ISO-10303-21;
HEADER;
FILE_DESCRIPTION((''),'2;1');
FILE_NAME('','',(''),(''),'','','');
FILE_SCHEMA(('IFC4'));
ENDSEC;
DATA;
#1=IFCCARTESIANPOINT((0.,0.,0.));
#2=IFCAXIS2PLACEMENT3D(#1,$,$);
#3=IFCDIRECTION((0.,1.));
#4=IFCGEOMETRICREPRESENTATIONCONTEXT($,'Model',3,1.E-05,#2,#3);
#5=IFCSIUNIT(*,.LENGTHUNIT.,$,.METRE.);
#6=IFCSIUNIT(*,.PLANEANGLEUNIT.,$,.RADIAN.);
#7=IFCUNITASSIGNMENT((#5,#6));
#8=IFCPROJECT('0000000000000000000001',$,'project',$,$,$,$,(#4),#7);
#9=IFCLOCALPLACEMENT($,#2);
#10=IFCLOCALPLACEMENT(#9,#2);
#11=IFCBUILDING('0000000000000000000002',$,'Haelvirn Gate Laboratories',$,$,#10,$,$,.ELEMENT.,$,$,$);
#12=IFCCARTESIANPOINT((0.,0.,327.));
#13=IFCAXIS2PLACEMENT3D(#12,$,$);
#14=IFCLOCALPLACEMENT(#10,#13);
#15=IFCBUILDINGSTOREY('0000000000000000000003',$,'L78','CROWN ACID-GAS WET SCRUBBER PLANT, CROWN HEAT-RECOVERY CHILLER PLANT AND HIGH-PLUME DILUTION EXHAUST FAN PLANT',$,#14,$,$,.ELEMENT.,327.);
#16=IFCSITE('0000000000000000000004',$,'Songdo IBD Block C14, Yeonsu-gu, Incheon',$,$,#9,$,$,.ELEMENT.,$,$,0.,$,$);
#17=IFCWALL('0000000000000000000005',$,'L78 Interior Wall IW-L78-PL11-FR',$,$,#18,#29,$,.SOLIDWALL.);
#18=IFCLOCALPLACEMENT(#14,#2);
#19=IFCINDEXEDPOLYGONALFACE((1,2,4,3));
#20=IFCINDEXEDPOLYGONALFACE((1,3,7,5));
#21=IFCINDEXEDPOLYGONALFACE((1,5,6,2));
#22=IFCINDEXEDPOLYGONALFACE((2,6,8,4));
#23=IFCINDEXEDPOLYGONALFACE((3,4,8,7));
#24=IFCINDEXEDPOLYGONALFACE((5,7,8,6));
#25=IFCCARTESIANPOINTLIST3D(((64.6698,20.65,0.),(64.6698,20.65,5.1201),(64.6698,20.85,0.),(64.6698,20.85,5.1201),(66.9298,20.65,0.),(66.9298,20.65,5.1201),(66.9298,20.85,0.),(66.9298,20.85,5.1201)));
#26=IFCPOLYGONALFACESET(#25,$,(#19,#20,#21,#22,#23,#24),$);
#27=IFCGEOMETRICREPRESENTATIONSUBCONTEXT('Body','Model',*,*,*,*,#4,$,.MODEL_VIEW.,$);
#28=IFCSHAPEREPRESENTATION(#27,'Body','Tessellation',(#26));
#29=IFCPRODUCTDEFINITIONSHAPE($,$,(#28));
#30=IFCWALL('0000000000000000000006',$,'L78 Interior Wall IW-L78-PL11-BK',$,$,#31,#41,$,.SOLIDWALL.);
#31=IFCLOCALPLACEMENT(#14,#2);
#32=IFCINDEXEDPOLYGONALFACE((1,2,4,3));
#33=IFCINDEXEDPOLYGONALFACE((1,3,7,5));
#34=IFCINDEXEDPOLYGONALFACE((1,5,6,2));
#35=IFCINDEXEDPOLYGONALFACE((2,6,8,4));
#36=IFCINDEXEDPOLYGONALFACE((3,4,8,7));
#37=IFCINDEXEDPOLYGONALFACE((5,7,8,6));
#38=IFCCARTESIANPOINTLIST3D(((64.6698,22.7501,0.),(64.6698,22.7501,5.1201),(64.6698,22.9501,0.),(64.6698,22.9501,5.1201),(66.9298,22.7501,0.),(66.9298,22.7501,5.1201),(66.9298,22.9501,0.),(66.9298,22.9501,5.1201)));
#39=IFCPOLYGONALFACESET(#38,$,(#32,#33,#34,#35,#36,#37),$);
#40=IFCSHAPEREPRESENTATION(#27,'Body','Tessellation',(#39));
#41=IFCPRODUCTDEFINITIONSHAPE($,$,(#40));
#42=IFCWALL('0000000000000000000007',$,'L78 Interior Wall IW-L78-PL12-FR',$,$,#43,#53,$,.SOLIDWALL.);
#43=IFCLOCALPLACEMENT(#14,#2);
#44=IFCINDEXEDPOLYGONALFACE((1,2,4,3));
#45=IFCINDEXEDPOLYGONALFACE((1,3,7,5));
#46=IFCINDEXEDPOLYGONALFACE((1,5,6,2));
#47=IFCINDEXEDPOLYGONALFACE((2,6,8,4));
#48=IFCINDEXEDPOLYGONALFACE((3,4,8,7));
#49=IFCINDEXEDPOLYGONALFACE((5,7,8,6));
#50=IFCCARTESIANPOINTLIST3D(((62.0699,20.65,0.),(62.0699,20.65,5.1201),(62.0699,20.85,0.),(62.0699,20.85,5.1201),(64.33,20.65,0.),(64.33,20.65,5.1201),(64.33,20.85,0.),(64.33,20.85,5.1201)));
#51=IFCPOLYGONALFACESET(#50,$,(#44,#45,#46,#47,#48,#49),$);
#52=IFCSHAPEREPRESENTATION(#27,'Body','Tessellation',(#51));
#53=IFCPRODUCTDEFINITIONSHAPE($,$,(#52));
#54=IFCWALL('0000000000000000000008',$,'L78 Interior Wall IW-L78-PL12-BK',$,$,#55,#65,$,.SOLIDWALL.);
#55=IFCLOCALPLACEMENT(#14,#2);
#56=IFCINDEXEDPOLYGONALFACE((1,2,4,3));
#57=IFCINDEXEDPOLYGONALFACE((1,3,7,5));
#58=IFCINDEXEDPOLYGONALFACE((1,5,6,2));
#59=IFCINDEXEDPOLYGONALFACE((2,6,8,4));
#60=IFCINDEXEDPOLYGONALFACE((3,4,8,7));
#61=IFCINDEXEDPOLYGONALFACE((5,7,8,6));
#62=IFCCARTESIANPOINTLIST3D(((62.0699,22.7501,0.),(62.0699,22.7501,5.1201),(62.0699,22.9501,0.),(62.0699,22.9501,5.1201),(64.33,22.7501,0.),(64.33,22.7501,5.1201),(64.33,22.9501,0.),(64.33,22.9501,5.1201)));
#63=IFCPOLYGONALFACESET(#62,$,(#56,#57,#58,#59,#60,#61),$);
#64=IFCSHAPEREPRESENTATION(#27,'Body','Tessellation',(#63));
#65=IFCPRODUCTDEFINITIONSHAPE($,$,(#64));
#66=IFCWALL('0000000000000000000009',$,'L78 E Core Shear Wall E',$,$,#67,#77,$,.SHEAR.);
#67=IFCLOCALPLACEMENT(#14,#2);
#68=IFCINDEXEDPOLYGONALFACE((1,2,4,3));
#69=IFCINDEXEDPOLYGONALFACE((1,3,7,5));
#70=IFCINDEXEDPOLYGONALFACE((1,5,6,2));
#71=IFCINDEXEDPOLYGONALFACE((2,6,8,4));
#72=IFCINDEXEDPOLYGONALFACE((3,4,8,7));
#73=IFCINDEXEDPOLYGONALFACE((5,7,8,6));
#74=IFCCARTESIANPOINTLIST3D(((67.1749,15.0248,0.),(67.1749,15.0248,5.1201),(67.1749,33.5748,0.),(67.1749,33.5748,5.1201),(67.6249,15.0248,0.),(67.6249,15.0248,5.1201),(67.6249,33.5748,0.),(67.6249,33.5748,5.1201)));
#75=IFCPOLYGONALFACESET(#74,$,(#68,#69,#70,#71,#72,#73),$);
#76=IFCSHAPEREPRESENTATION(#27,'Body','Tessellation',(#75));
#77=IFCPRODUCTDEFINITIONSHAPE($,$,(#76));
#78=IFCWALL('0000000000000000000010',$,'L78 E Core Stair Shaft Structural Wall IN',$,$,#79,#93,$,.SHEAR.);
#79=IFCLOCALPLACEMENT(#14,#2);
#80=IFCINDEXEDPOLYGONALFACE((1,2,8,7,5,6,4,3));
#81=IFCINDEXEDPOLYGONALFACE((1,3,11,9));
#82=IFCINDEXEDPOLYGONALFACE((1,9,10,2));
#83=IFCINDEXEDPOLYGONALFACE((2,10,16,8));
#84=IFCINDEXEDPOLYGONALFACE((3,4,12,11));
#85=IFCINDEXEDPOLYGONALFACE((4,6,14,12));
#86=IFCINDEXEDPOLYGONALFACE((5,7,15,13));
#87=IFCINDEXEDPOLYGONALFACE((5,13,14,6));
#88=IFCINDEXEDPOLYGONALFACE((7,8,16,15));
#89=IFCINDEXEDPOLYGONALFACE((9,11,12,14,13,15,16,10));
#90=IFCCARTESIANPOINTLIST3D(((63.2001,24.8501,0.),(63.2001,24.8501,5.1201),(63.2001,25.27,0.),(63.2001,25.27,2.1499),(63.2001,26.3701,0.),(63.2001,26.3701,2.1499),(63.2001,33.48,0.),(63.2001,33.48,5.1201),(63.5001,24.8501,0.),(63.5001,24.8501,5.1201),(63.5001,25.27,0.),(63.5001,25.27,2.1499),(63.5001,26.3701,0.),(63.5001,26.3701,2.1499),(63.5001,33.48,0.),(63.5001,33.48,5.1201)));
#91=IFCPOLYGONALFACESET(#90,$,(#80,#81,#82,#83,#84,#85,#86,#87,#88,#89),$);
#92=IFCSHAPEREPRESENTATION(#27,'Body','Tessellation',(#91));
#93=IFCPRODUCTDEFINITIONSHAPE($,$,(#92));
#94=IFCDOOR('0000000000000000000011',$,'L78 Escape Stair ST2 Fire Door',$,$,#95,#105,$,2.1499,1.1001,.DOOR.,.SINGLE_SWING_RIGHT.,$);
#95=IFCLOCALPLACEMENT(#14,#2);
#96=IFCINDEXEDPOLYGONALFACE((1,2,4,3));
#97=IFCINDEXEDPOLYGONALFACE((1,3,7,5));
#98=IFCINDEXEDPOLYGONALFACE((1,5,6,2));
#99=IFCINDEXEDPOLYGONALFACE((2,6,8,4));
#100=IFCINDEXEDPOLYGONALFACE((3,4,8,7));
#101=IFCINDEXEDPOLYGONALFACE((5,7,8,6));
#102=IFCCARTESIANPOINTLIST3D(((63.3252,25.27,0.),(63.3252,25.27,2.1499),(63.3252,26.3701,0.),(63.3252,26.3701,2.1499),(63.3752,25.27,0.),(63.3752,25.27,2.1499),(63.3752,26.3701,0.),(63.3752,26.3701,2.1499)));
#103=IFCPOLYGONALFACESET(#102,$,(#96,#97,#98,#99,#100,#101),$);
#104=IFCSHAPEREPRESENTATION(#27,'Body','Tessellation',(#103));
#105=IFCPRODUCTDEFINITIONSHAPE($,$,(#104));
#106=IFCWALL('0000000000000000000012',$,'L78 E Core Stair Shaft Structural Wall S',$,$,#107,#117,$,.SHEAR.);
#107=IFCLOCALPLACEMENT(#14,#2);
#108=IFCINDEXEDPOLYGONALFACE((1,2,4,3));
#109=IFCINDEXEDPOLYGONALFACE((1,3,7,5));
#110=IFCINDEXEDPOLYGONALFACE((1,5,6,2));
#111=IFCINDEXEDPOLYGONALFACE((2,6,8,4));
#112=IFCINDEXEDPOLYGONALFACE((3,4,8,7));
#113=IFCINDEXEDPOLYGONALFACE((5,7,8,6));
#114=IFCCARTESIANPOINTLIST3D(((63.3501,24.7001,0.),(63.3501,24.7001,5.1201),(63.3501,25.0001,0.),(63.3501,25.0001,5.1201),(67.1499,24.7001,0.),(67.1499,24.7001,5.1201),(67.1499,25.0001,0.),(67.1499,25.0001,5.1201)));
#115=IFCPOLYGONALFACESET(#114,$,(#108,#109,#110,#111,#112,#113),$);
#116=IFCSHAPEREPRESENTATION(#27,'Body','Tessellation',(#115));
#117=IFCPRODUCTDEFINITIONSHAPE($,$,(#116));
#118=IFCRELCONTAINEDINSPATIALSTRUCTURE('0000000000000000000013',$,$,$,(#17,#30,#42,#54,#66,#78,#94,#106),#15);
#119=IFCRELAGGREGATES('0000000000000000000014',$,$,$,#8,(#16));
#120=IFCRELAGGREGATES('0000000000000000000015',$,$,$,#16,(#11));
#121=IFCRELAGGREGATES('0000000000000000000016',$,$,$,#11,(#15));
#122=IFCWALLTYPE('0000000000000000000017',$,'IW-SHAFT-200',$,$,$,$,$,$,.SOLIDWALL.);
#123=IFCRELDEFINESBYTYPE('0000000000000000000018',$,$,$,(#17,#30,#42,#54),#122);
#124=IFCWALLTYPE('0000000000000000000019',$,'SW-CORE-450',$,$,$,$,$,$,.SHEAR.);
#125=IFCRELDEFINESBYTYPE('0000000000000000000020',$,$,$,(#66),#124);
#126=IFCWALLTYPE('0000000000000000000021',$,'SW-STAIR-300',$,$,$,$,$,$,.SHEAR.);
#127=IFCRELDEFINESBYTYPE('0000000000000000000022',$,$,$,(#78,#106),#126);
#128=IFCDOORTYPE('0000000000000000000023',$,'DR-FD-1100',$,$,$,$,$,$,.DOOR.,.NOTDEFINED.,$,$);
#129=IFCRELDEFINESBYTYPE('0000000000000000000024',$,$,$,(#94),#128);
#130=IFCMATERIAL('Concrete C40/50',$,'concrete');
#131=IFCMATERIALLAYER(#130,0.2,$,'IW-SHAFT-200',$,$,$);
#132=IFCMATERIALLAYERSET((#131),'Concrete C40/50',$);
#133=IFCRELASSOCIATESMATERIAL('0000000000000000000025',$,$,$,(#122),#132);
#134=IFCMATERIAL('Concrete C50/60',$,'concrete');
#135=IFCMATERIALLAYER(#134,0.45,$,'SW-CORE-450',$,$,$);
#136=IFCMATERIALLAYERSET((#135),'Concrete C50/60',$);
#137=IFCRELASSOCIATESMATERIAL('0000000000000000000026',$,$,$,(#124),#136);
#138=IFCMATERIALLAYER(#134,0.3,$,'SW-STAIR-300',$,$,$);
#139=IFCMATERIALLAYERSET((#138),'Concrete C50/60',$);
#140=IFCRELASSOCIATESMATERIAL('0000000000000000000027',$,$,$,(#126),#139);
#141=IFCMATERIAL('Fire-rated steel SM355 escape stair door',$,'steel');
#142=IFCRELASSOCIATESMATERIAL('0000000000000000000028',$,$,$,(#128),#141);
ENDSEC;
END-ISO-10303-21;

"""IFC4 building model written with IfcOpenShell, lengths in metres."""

from ifc_helpers import new_model, si_unit, direction, frame, frame_2d, origin, place, context, subcontext, project, spatial, rectangle, extrude, source, transform, mapped, material, layer, layer_set, type_object, type_shapes, element, fill, save


model = new_model("IFC4")

# Units and contexts
model_context = context("Model", 3, precision=1e-05, world=origin(), true_north=direction((0.0, 1.0)))
body_context = subcontext(model_context, "Body", "Model", "MODEL_VIEW")
ifc_project = project(units=[si_unit("LENGTHUNIT", "METRE"), si_unit("PLANEANGLEUNIT", "RADIAN")], contexts=[model_context])

# Site, building, storey
site_placement = place(None, origin())
site = spatial("IfcSite", under=ifc_project, at=site_placement, Name="Songdo IBD Block C14, Yeonsu-gu, Incheon", CompositionType="ELEMENT", RefElevation=0.0)
building_placement = place(site_placement, origin())
building = spatial("IfcBuilding", under=site, at=building_placement, Name="Haelvirn Gate Laboratories", CompositionType="ELEMENT")
storey_placement = place(building_placement, frame((0.0, 0.0, 327.0)))
storey = spatial("IfcBuildingStorey", under=building, at=storey_placement, Name="L78", Description="CROWN ACID-GAS WET SCRUBBER PLANT, CROWN HEAT-RECOVERY CHILLER PLANT AND HIGH-PLUME DILUTION EXHAUST FAN PLANT", CompositionType="ELEMENT", Elevation=327.0)

# Shared definitions
ifc_material_1 = material(Name="Concrete C50/60", Category="concrete")

# Walls
ifc_material_2 = material(Name="Concrete C40/50", Category="concrete")
ifc_layer_1 = layer(ifc_material_2, 0.2, Name="IW-SHAFT-200")
ifc_layer_set_1 = layer_set([ifc_layer_1], Name="Concrete C40/50")
wall_type_1 = type_object("IfcWallType", Name="IW-SHAFT-200", PredefinedType="SOLIDWALL", material=ifc_layer_set_1)
for number, where, z_axis, x_axis, name in (
    (1, (64.6699, 20.75, 0.0), (0.0, 0.0, 1.0), (1.0, 0.0, 0.0), "L78 Interior Wall IW-L78-PL11-FR"),
    (2, (64.6699, 22.8501, 0.0), (0.0, 0.0, 1.0), (1.0, 0.0, 0.0), "L78 Interior Wall IW-L78-PL11-BK"),
    (3, (62.0701, 20.75, 0.0), (0.0, 0.0, 1.0), (1.0, 0.0, 0.0), "L78 Interior Wall IW-L78-PL12-FR"),
    (4, (62.0701, 22.8501, 0.0), (0.0, 0.0, 1.0), (1.0, 0.0, 0.0), "L78 Interior Wall IW-L78-PL12-BK"),
):
    element("IfcWall", number, at=place(storey_placement, frame(where, z_axis=z_axis, x_axis=x_axis)), inside=storey, type_object=wall_type_1, Name=name, PredefinedType="SOLIDWALL", context=body_context, shape_type="SweptSolid", body=[
        extrude(rectangle(XDim=2.26, YDim=0.2, at=frame_2d((1.1299, 0.0))), origin(), (0.0, 0.0, 1.0), 5.1201),
    ])
ifc_layer_2 = layer(ifc_material_1, 0.45, Name="SW-CORE-450")
ifc_layer_set_2 = layer_set([ifc_layer_2], Name="Concrete C50/60")
wall_type_2 = type_object("IfcWallType", Name="SW-CORE-450", PredefinedType="SHEAR", material=ifc_layer_set_2)
wall_1_placement = place(storey_placement, frame((67.3999, 15.0249, 0.0), z_axis=(0.0, 0.0, 1.0), x_axis=(0.0, 1.0, 0.0)))
element("IfcWall", 5, at=wall_1_placement, inside=storey, type_object=wall_type_2, Name="L78 E Core Shear Wall E", PredefinedType="SHEAR", context=body_context, shape_type="SweptSolid", body=[
    extrude(rectangle(XDim=18.55, YDim=0.45, at=frame_2d((9.2749, 0.0))), origin(), (0.0, 0.0, 1.0), 5.1201),
])

# Wall, opening, door
ifc_layer_3 = layer(ifc_material_1, 0.3, Name="SW-STAIR-300")
ifc_layer_set_3 = layer_set([ifc_layer_3], Name="Concrete C50/60")
wall_type_3 = type_object("IfcWallType", Name="SW-STAIR-300", PredefinedType="SHEAR", material=ifc_layer_set_3)
wall_2_placement = place(storey_placement, frame((63.3501, 24.8501, 0.0), z_axis=(0.0, 0.0, 1.0), x_axis=(0.0, 1.0, 0.0)))
wall_2 = element("IfcWall", 6, at=wall_2_placement, inside=storey, type_object=wall_type_3, Name="L78 E Core Stair Shaft Structural Wall IN", PredefinedType="SHEAR", context=body_context, shape_type="SweptSolid", body=[
    extrude(rectangle(XDim=8.6299, YDim=0.3, at=frame_2d((4.3149, 0.0))), origin(), (0.0, 0.0, 1.0), 5.1201),
])
opening_placement = place(wall_2_placement, frame((0.4199, 0.0, 0.0)))
opening = element("IfcOpeningElement", 7, at=opening_placement, cuts=wall_2, PredefinedType="OPENING", context=body_context, shape_type="SweptSolid", body=[
    extrude(rectangle(XDim=1.1001, YDim=2.1499, at=frame_2d((0.55, 1.075))), frame((0.0, 0.1602, 0.0), z_axis=(0.0, -1.0, 0.0), x_axis=(1.0, 0.0, 0.0)), (0.0, 0.0, 1.0), 0.3201),
])
ifc_material_3 = material(Name="Fire-rated steel SM355 escape stair door", Category="steel")
door_type = type_object("IfcDoorType", Name="DR-FD-1100", OperationType="NOTDEFINED", PredefinedType="DOOR", material=ifc_material_3)
shared_shape_1 = source(origin(), body_context, "Body", "SweptSolid", [
    extrude(rectangle(XDim=1.1001, YDim=2.1499, at=frame_2d((0.55, 1.075))), frame((0.0, 0.0249, 0.0), z_axis=(0.0, -1.0, 0.0), x_axis=(1.0, 0.0, 0.0)), (0.0, 0.0, 1.0), 0.05),
])
type_shapes(door_type, [shared_shape_1])
door_placement = place(opening_placement, origin())
door = element("IfcDoor", 8, at=door_placement, inside=storey, type_object=door_type, Name="L78 Escape Stair ST2 Fire Door", OperationType="SINGLE_SWING_RIGHT", OverallHeight=2.1499, OverallWidth=1.1001, PredefinedType="DOOR", context=body_context, shape_type="MappedRepresentation", body=[
    mapped(shared_shape_1, transform((0.0, 0.0, 0.0), scale=1.0)),
])
fill(opening, door)

# Wall
wall_3_placement = place(storey_placement, frame((63.3501, 24.8501, 0.0), z_axis=(0.0, 0.0, 1.0), x_axis=(1.0, 0.0, 0.0)))
element("IfcWall", 9, at=wall_3_placement, inside=storey, type_object=wall_type_3, Name="L78 E Core Stair Shaft Structural Wall S", PredefinedType="SHEAR", context=body_context, shape_type="SweptSolid", body=[
    extrude(rectangle(XDim=3.7998, YDim=0.3, at=frame_2d((1.8999, 0.0))), origin(), (0.0, 0.0, 1.0), 5.1201),
])

save(model, "model.ifc")
